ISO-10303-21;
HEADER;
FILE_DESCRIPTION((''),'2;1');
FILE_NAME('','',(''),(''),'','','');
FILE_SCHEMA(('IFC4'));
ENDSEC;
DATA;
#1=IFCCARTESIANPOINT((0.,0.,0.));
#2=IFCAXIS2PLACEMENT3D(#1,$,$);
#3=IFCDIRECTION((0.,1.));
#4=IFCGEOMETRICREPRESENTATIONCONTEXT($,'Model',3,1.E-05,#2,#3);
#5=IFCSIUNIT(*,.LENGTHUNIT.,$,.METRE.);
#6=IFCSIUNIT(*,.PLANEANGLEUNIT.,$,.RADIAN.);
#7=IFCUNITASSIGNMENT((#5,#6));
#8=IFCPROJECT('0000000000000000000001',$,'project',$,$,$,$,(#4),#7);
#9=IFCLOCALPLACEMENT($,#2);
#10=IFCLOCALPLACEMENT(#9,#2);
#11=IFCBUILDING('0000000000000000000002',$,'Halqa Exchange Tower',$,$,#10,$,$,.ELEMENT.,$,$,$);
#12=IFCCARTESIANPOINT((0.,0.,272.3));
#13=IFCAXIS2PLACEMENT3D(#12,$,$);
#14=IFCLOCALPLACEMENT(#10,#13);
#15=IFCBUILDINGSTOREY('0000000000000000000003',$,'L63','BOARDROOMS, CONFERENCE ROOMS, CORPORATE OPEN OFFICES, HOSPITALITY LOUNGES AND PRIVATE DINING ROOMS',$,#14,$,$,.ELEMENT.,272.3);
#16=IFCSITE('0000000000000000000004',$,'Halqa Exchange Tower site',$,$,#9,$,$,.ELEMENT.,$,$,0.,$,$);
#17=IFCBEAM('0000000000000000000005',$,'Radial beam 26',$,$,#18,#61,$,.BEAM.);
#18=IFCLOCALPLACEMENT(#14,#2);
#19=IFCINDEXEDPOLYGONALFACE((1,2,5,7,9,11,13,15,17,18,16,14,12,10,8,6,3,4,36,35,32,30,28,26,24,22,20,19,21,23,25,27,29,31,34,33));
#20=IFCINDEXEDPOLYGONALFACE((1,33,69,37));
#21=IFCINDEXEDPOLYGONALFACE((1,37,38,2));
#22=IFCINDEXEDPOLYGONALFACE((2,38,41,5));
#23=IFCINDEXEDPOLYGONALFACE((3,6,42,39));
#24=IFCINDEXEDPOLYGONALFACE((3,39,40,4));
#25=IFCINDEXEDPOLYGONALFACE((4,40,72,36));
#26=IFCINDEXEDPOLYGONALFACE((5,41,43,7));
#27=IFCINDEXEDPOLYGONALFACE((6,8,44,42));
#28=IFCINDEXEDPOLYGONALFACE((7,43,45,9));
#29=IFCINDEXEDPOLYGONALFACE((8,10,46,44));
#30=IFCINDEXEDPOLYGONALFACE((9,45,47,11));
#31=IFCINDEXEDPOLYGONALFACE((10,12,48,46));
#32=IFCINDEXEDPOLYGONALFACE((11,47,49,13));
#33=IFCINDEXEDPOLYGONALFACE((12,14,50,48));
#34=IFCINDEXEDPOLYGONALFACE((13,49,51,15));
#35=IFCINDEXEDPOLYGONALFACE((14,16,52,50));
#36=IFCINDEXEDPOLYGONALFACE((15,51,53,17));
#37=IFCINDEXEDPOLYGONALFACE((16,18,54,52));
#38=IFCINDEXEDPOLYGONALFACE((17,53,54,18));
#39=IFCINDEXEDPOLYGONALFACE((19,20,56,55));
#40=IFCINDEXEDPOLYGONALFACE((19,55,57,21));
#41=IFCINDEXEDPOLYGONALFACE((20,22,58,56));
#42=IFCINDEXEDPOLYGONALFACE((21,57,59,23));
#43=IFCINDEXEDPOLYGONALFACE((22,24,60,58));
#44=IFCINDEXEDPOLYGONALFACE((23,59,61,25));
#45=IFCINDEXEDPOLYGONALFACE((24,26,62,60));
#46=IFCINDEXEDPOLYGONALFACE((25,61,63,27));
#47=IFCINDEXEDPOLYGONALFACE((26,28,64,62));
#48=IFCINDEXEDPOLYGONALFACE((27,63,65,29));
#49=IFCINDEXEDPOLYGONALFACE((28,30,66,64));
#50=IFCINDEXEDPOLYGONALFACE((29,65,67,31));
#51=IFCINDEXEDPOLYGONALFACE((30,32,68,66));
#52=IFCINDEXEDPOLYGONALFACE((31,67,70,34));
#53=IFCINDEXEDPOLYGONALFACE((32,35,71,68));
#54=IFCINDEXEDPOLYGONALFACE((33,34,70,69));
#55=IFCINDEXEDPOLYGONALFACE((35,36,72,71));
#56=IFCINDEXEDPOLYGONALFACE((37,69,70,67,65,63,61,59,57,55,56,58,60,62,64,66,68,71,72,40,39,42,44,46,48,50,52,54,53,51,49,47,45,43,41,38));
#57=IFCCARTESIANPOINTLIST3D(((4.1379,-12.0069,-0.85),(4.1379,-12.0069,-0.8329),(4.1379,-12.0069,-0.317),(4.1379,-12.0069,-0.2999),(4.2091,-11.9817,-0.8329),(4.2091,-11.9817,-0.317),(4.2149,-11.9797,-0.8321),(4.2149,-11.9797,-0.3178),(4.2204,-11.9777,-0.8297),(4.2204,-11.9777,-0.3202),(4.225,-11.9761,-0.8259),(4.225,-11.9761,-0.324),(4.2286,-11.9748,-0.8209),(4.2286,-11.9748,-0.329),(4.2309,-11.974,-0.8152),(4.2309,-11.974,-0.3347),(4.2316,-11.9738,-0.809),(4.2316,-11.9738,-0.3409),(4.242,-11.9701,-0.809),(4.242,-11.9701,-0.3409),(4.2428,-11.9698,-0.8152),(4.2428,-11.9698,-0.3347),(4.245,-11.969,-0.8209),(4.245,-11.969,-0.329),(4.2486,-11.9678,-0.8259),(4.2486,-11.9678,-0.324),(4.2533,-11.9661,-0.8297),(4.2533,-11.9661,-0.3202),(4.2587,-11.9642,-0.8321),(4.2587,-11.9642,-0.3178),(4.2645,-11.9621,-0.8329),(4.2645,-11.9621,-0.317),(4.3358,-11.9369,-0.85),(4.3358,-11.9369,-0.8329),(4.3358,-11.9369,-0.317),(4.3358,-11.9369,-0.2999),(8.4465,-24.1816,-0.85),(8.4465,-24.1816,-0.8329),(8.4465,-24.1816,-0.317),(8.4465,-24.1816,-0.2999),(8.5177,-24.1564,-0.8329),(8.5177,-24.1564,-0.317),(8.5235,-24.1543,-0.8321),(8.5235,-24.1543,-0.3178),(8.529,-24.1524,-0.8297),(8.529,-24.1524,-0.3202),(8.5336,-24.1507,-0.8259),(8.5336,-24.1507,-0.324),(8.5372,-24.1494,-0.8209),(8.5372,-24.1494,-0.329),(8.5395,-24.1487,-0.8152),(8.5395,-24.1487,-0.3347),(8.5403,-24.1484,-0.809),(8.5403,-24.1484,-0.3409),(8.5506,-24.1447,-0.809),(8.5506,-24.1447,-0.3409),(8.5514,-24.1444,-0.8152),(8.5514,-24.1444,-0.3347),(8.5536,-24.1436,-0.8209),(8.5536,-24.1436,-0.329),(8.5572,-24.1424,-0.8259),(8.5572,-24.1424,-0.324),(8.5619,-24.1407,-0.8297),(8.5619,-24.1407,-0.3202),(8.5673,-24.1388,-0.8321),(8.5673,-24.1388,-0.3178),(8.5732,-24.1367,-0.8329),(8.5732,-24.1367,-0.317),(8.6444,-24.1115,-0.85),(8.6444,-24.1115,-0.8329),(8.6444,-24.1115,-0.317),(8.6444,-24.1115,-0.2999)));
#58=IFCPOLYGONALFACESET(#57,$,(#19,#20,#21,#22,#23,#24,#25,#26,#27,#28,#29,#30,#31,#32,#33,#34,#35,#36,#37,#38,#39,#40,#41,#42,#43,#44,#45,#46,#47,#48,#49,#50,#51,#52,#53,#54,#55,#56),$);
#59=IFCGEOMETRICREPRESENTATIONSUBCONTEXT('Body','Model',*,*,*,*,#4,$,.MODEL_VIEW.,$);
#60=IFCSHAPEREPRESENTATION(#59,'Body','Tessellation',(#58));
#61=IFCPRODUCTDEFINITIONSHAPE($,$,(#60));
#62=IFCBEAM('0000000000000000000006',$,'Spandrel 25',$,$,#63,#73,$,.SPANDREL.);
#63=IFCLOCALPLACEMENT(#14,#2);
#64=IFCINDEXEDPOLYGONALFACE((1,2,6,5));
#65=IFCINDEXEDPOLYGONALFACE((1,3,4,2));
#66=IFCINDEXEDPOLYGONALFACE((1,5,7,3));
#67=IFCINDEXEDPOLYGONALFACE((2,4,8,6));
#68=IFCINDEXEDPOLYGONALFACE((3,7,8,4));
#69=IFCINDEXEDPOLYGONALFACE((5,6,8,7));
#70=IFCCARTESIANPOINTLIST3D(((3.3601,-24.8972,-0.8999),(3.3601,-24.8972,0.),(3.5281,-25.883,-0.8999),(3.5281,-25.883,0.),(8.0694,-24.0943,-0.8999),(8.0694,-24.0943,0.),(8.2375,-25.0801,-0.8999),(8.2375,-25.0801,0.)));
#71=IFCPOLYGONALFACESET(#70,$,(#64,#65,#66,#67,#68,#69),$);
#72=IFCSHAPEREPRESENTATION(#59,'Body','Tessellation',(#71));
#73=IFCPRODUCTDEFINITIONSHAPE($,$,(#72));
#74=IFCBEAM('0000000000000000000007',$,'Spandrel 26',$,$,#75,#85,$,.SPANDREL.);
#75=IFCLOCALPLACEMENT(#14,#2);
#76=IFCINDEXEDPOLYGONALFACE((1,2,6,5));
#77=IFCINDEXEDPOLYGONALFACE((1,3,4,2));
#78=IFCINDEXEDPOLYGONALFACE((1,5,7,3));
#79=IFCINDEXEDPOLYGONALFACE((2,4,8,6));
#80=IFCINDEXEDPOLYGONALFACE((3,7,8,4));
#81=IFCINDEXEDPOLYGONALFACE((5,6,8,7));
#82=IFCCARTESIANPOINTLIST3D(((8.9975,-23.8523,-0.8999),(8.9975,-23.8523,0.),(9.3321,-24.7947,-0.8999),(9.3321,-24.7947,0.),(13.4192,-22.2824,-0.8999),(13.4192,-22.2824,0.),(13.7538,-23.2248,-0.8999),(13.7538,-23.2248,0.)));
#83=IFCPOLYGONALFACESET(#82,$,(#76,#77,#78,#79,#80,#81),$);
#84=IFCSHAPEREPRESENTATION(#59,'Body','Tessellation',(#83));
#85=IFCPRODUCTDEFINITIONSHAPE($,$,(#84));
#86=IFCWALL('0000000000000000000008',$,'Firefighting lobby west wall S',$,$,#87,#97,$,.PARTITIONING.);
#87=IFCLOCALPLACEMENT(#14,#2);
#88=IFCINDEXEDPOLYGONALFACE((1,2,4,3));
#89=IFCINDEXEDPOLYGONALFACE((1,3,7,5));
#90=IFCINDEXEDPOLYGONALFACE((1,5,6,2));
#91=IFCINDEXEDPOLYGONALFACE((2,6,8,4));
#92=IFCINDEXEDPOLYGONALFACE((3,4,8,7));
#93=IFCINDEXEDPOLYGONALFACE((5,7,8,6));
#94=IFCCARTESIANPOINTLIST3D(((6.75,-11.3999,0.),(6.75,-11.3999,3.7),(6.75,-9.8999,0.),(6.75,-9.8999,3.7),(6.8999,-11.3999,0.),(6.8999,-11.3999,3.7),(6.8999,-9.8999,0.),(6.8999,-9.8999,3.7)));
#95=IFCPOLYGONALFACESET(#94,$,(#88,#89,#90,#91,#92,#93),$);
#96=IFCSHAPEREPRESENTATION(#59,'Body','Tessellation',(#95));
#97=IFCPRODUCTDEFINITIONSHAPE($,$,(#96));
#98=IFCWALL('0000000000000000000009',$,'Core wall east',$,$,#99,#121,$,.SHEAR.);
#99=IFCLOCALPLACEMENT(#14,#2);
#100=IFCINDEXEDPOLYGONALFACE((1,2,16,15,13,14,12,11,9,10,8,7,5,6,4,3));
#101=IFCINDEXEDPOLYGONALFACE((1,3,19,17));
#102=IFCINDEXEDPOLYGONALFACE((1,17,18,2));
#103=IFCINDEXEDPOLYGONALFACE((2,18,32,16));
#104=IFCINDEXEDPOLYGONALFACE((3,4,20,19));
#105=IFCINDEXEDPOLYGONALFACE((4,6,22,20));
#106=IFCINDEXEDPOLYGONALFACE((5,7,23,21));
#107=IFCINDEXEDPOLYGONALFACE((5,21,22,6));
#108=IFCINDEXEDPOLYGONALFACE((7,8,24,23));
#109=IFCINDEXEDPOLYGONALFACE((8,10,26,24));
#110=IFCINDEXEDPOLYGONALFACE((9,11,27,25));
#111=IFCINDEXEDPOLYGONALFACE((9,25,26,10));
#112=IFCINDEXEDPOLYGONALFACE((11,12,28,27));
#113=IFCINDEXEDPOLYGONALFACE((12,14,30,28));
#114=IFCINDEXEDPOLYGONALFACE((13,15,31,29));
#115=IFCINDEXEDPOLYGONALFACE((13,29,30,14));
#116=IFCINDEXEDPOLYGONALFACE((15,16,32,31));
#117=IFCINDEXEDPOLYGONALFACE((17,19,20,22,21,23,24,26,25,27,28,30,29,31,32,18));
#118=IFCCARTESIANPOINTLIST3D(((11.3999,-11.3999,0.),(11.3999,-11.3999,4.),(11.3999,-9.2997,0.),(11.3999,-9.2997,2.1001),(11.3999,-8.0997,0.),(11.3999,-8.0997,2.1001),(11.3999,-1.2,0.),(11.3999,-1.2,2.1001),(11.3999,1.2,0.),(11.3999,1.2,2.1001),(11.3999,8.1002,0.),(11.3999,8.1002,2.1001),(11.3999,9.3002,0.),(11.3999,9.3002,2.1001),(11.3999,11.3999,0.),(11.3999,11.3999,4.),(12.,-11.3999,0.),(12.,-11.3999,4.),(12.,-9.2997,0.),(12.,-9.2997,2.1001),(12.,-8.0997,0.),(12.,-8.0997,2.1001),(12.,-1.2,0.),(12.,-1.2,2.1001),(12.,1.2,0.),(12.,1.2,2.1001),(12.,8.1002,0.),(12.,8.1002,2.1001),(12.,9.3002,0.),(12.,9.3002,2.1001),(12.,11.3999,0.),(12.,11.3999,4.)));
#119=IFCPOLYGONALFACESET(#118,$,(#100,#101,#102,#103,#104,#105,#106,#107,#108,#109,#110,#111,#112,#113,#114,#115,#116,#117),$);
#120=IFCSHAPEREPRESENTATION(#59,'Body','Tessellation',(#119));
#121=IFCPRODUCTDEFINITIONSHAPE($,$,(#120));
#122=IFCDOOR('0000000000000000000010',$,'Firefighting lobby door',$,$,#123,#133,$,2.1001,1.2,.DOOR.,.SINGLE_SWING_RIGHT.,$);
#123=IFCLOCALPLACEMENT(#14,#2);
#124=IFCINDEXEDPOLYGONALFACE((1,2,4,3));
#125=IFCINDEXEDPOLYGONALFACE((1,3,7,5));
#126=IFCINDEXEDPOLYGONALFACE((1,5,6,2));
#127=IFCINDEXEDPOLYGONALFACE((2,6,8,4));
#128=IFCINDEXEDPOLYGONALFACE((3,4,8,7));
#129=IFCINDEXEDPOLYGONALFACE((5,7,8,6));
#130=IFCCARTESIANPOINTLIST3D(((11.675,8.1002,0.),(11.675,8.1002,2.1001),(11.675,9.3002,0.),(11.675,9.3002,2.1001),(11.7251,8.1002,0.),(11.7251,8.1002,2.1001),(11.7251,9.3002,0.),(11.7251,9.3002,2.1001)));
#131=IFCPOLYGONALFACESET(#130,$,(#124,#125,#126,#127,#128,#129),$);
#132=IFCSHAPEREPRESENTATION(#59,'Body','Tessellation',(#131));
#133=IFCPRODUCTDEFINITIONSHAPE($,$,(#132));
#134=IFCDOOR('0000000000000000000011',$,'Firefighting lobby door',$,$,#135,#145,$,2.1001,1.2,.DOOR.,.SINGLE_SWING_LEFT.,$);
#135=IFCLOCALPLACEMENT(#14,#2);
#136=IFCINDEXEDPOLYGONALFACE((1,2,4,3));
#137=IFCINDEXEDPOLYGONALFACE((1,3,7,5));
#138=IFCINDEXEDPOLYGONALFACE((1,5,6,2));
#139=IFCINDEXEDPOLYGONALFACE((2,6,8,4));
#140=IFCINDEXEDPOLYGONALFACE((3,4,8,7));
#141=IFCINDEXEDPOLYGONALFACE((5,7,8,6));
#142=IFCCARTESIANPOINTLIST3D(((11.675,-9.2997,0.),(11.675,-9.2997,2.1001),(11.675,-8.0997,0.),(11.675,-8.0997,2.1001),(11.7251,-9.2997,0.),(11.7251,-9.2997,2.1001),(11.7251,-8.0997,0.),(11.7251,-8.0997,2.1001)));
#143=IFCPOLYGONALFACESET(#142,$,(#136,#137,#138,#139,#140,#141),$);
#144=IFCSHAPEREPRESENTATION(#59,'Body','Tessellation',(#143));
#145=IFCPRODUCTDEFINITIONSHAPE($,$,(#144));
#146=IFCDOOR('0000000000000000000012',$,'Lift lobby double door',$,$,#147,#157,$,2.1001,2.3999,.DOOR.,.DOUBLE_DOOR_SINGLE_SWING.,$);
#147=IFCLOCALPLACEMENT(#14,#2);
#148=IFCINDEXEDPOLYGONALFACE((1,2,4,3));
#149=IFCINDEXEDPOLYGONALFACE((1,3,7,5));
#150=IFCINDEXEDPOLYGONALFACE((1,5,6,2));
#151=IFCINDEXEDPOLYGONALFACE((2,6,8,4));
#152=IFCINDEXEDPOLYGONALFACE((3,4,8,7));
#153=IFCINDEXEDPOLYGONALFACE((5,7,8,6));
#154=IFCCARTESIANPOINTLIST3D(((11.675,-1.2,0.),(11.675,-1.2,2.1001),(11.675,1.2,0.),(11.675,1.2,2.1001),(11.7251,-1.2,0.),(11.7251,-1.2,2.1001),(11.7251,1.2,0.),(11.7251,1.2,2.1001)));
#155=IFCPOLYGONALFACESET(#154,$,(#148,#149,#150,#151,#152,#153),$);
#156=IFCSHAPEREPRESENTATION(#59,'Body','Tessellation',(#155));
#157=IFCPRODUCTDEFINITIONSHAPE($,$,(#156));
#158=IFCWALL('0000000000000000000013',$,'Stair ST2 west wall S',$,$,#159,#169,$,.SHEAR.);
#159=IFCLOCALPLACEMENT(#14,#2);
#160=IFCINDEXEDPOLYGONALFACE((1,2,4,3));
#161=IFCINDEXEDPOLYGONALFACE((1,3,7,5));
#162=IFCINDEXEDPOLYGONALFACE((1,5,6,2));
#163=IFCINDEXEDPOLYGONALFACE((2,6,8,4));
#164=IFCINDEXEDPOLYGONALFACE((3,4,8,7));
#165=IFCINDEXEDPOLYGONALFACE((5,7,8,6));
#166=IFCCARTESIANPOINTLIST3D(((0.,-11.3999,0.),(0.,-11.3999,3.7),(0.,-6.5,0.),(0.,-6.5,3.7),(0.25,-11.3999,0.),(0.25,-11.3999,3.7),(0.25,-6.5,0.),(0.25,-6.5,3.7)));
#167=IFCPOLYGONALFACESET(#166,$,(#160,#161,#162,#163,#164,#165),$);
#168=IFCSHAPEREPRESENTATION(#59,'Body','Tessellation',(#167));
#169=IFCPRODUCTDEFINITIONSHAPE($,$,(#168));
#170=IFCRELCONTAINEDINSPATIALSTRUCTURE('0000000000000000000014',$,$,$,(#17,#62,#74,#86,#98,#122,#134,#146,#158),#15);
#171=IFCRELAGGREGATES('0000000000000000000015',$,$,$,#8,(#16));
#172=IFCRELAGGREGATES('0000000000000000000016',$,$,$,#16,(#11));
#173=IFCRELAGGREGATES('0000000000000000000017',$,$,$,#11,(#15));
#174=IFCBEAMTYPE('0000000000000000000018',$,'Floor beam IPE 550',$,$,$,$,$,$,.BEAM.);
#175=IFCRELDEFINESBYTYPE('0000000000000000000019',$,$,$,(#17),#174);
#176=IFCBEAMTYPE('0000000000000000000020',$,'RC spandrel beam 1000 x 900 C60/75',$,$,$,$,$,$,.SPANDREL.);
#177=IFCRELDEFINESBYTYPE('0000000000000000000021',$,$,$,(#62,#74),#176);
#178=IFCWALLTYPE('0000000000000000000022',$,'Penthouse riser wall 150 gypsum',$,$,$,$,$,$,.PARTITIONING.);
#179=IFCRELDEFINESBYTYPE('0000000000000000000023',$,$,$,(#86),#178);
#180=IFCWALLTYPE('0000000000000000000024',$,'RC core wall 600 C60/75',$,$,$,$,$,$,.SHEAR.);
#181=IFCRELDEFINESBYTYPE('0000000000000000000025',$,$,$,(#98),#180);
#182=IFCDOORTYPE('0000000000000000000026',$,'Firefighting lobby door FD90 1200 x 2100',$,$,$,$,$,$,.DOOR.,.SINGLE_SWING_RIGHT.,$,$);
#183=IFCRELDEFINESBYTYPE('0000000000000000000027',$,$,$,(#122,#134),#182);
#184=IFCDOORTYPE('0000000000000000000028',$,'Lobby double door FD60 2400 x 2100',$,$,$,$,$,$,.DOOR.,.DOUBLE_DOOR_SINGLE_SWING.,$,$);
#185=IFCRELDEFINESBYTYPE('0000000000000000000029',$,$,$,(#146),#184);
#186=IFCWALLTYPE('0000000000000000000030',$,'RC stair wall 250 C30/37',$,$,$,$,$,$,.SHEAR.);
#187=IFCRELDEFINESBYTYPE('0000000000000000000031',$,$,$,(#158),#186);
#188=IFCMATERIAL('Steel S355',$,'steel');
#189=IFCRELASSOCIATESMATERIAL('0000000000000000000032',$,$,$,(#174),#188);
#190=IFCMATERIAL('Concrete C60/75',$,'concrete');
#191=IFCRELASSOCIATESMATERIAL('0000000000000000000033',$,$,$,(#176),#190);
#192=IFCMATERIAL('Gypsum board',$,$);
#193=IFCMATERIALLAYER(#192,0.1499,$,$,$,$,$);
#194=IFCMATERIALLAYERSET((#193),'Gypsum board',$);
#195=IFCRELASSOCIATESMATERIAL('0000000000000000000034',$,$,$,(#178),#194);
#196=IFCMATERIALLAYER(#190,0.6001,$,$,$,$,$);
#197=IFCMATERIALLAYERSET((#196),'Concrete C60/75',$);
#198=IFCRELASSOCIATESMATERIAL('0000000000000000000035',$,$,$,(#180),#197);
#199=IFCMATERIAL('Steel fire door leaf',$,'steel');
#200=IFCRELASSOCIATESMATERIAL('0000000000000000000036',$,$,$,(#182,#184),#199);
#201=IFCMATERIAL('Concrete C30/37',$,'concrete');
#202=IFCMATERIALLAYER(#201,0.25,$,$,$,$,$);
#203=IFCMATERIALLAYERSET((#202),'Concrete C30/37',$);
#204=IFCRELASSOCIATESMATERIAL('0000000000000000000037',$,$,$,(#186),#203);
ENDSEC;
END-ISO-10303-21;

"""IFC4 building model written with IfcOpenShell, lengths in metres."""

from ifc_helpers import new_model, si_unit, direction, frame, frame_2d, origin, origin_2d, place, context, subcontext, project, spatial, rectangle, i_section, extrude, material, layer, layer_set, material_profile, profile_set, type_object, element, fill, save


model = new_model("IFC4")

# Units and contexts
model_context = context("Model", 3, precision=1e-05, world=origin(), true_north=direction((0.0, 1.0)))
body_context = subcontext(model_context, "Body", "Model", "MODEL_VIEW")
ifc_project = project(units=[si_unit("LENGTHUNIT", "METRE"), si_unit("PLANEANGLEUNIT", "RADIAN")], contexts=[model_context])

# Site, building, storey
site_placement = place(None, origin())
site = spatial("IfcSite", under=ifc_project, at=site_placement, Name="Halqa Exchange Tower site", CompositionType="ELEMENT", RefElevation=0.0)
building_placement = place(site_placement, origin())
building = spatial("IfcBuilding", under=site, at=building_placement, Name="Halqa Exchange Tower", CompositionType="ELEMENT")
storey_placement = place(building_placement, frame((0.0, 0.0, 272.3)))
storey = spatial("IfcBuildingStorey", under=building, at=storey_placement, Name="L63", Description="BOARDROOMS, CONFERENCE ROOMS, CORPORATE OPEN OFFICES, HOSPITALITY LOUNGES AND PRIVATE DINING ROOMS", CompositionType="ELEMENT", Elevation=272.3)

# Shared definitions
ifc_material_1 = material(Name="Concrete C60/75", Category="concrete")

# Beams
ifc_material_2 = material(Name="Steel S355", Category="steel")
ifc_material_profile_1 = material_profile(ifc_material_2, i_section(OverallWidth=0.21, OverallDepth=0.55, WebThickness=0.011, FlangeThickness=0.0171, FilletRadius=0.0239, at=origin_2d()), Name="IPE 550")
ifc_profile_set_1 = profile_set([ifc_material_profile_1], Name="Steel S355")
beam_type_1 = type_object("IfcBeamType", Name="Floor beam IPE 550", PredefinedType="BEAM", material=ifc_profile_set_1)
beam_1_placement = place(storey_placement, frame((4.2368, -11.9719, -0.575), z_axis=(0.333625, -0.942706, 0.0), x_axis=(0.942706, 0.333625, 0.0)))
element("IfcBeam", 1, at=beam_1_placement, inside=storey, type_object=beam_type_1, Name="Radial beam 26", PredefinedType="BEAM", context=body_context, shape_type="SweptSolid", body=[
    extrude(i_section(OverallWidth=0.21, OverallDepth=0.55, WebThickness=0.011, FlangeThickness=0.0171, FilletRadius=0.0239, at=origin_2d()), origin(), (0.0, 0.0, 1.0), 12.9146),
])
ifc_material_profile_2 = material_profile(ifc_material_1, rectangle(XDim=1.0, YDim=0.8999, at=origin_2d()), Name="1000 x 900")
ifc_profile_set_2 = profile_set([ifc_material_profile_2], Name="Concrete C60/75")
beam_type_2 = type_object("IfcBeamType", Name="RC spandrel beam 1000 x 900 C60/75", PredefinedType="SPANDREL", material=ifc_profile_set_2)
beam_2_placement = place(storey_placement, frame((3.4441, -25.3901, -0.45), z_axis=(0.985774, 0.168077, 0.0), x_axis=(-0.168077, 0.985774, 0.0)))
element("IfcBeam", 2, at=beam_2_placement, inside=storey, type_object=beam_type_2, Name="Spandrel 25", PredefinedType="SPANDREL", context=body_context, shape_type="SweptSolid", body=[
    extrude(rectangle(XDim=1.0, YDim=0.8999, at=origin_2d()), origin(), (0.0, 0.0, 1.0), 4.7773),
])
beam_3_placement = place(storey_placement, frame((9.1648, -24.3235, -0.45), z_axis=(0.94237, 0.334572, 0.0), x_axis=(-0.334572, 0.94237, 0.0)))
element("IfcBeam", 3, at=beam_3_placement, inside=storey, type_object=beam_type_2, Name="Spandrel 26", PredefinedType="SPANDREL", context=body_context, shape_type="SweptSolid", body=[
    extrude(rectangle(XDim=1.0, YDim=0.8999, at=origin_2d()), origin(), (0.0, 0.0, 1.0), 4.6921),
])

# Wall
ifc_material_3 = material(Name="Gypsum board")
ifc_layer_1 = layer(ifc_material_3, 0.1499)
ifc_layer_set_1 = layer_set([ifc_layer_1], Name="Gypsum board")
wall_type_1 = type_object("IfcWallType", Name="Penthouse riser wall 150 gypsum", PredefinedType="PARTITIONING", material=ifc_layer_set_1)
wall_1_placement = place(storey_placement, frame((6.825, -11.3999, 0.0), z_axis=(0.0, 0.0, 1.0), x_axis=(0.0, 1.0, 0.0)))
element("IfcWall", 4, at=wall_1_placement, inside=storey, type_object=wall_type_1, Name="Firefighting lobby west wall S", PredefinedType="PARTITIONING", context=body_context, shape_type="SweptSolid", body=[
    extrude(rectangle(XDim=1.5, YDim=0.1499, at=frame_2d((0.75, 0.0))), origin(), (0.0, 0.0, 1.0), 3.7),
])

# Wall, openings, doors
ifc_layer_2 = layer(ifc_material_1, 0.6001)
ifc_layer_set_2 = layer_set([ifc_layer_2], Name="Concrete C60/75")
wall_type_2 = type_object("IfcWallType", Name="RC core wall 600 C60/75", PredefinedType="SHEAR", material=ifc_layer_set_2)
wall_2_placement = place(storey_placement, frame((11.7, -11.3999, 0.0), z_axis=(0.0, 0.0, 1.0), x_axis=(0.0, 1.0, 0.0)))
wall_2 = element("IfcWall", 5, at=wall_2_placement, inside=storey, type_object=wall_type_2, Name="Core wall east", PredefinedType="SHEAR", context=body_context, shape_type="SweptSolid", body=[
    extrude(rectangle(XDim=22.7998, YDim=0.6001, at=frame_2d((11.3999, 0.0))), origin(), (0.0, 0.0, 1.0), 4.0),
])
opening_1_placement = place(wall_2_placement, frame((10.2, 0.0, 0.0)))
opening_1 = element("IfcOpeningElement", 6, at=opening_1_placement, cuts=wall_2, PredefinedType="OPENING", context=body_context, shape_type="SweptSolid", body=[
    extrude(rectangle(XDim=2.3999, YDim=2.1001, at=frame_2d((1.2, 1.05))), frame((0.0, 0.312, 0.0), z_axis=(0.0, -1.0, 0.0), x_axis=(1.0, 0.0, 0.0)), (0.0, 0.0, 1.0), 0.624),
])
opening_2_placement = place(wall_2_placement, frame((19.5, 0.0, 0.0)))
opening_2 = element("IfcOpeningElement", 7, at=opening_2_placement, cuts=wall_2, PredefinedType="OPENING", context=body_context, shape_type="SweptSolid", body=[
    extrude(rectangle(XDim=1.2, YDim=2.1001, at=frame_2d((0.6001, 1.05))), frame((0.0, 0.312, 0.0), z_axis=(0.0, -1.0, 0.0), x_axis=(1.0, 0.0, 0.0)), (0.0, 0.0, 1.0), 0.624),
])
opening_3_placement = place(wall_2_placement, frame((2.1001, 0.0, 0.0)))
opening_3 = element("IfcOpeningElement", 8, at=opening_3_placement, cuts=wall_2, PredefinedType="OPENING", context=body_context, shape_type="SweptSolid", body=[
    extrude(rectangle(XDim=1.2, YDim=2.1001, at=frame_2d((0.6001, 1.05))), frame((0.0, 0.312, 0.0), z_axis=(0.0, -1.0, 0.0), x_axis=(1.0, 0.0, 0.0)), (0.0, 0.0, 1.0), 0.624),
])
ifc_material_4 = material(Name="Steel fire door leaf", Category="steel")
door_type_1 = type_object("IfcDoorType", Name="Firefighting lobby door FD90 1200 x 2100", OperationType="SINGLE_SWING_RIGHT", PredefinedType="DOOR", material=ifc_material_4)
door_1_placement = place(opening_2_placement, origin())
door_1 = element("IfcDoor", 9, at=door_1_placement, inside=storey, type_object=door_type_1, Name="Firefighting lobby door", OperationType="SINGLE_SWING_RIGHT", OverallHeight=2.1001, OverallWidth=1.2, PredefinedType="DOOR", context=body_context, shape_type="SweptSolid", body=[
    extrude(rectangle(XDim=1.2, YDim=2.1001, at=frame_2d((0.6001, 1.05))), frame((0.0, 0.0249, 0.0), z_axis=(0.0, -1.0, 0.0), x_axis=(1.0, 0.0, 0.0)), (0.0, 0.0, 1.0), 0.05),
])
fill(opening_2, door_1)
door_2_placement = place(opening_3_placement, origin())
door_2 = element("IfcDoor", 10, at=door_2_placement, inside=storey, type_object=door_type_1, Name="Firefighting lobby door", OperationType="SINGLE_SWING_LEFT", OverallHeight=2.1001, OverallWidth=1.2, PredefinedType="DOOR", context=body_context, shape_type="SweptSolid", body=[
    extrude(rectangle(XDim=1.2, YDim=2.1001, at=frame_2d((0.6001, 1.05))), frame((0.0, 0.0249, 0.0), z_axis=(0.0, -1.0, 0.0), x_axis=(1.0, 0.0, 0.0)), (0.0, 0.0, 1.0), 0.05),
])
fill(opening_3, door_2)
door_type_2 = type_object("IfcDoorType", Name="Lobby double door FD60 2400 x 2100", OperationType="DOUBLE_DOOR_SINGLE_SWING", PredefinedType="DOOR", material=ifc_material_4)
door_3_placement = place(opening_1_placement, origin())
door_3 = element("IfcDoor", 11, at=door_3_placement, inside=storey, type_object=door_type_2, Name="Lift lobby double door", OperationType="DOUBLE_DOOR_SINGLE_SWING", OverallHeight=2.1001, OverallWidth=2.3999, PredefinedType="DOOR", context=body_context, shape_type="SweptSolid", body=[
    extrude(rectangle(XDim=2.3999, YDim=2.1001, at=frame_2d((1.2, 1.05))), frame((0.0, 0.0249, 0.0), z_axis=(0.0, -1.0, 0.0), x_axis=(1.0, 0.0, 0.0)), (0.0, 0.0, 1.0), 0.05),
])
fill(opening_1, door_3)

# Wall
ifc_material_5 = material(Name="Concrete C30/37", Category="concrete")
ifc_layer_3 = layer(ifc_material_5, 0.25)
ifc_layer_set_3 = layer_set([ifc_layer_3], Name="Concrete C30/37")
wall_type_3 = type_object("IfcWallType", Name="RC stair wall 250 C30/37", PredefinedType="SHEAR", material=ifc_layer_set_3)
wall_3_placement = place(storey_placement, frame((0.125, -11.3999, 0.0), z_axis=(0.0, 0.0, 1.0), x_axis=(0.0, 1.0, 0.0)))
element("IfcWall", 12, at=wall_3_placement, inside=storey, type_object=wall_type_3, Name="Stair ST2 west wall S", PredefinedType="SHEAR", context=body_context, shape_type="SweptSolid", body=[
    extrude(rectangle(XDim=4.8999, YDim=0.25, at=frame_2d((2.45, 0.0))), origin(), (0.0, 0.0, 1.0), 3.7),
])

save(model, "model.ifc")
